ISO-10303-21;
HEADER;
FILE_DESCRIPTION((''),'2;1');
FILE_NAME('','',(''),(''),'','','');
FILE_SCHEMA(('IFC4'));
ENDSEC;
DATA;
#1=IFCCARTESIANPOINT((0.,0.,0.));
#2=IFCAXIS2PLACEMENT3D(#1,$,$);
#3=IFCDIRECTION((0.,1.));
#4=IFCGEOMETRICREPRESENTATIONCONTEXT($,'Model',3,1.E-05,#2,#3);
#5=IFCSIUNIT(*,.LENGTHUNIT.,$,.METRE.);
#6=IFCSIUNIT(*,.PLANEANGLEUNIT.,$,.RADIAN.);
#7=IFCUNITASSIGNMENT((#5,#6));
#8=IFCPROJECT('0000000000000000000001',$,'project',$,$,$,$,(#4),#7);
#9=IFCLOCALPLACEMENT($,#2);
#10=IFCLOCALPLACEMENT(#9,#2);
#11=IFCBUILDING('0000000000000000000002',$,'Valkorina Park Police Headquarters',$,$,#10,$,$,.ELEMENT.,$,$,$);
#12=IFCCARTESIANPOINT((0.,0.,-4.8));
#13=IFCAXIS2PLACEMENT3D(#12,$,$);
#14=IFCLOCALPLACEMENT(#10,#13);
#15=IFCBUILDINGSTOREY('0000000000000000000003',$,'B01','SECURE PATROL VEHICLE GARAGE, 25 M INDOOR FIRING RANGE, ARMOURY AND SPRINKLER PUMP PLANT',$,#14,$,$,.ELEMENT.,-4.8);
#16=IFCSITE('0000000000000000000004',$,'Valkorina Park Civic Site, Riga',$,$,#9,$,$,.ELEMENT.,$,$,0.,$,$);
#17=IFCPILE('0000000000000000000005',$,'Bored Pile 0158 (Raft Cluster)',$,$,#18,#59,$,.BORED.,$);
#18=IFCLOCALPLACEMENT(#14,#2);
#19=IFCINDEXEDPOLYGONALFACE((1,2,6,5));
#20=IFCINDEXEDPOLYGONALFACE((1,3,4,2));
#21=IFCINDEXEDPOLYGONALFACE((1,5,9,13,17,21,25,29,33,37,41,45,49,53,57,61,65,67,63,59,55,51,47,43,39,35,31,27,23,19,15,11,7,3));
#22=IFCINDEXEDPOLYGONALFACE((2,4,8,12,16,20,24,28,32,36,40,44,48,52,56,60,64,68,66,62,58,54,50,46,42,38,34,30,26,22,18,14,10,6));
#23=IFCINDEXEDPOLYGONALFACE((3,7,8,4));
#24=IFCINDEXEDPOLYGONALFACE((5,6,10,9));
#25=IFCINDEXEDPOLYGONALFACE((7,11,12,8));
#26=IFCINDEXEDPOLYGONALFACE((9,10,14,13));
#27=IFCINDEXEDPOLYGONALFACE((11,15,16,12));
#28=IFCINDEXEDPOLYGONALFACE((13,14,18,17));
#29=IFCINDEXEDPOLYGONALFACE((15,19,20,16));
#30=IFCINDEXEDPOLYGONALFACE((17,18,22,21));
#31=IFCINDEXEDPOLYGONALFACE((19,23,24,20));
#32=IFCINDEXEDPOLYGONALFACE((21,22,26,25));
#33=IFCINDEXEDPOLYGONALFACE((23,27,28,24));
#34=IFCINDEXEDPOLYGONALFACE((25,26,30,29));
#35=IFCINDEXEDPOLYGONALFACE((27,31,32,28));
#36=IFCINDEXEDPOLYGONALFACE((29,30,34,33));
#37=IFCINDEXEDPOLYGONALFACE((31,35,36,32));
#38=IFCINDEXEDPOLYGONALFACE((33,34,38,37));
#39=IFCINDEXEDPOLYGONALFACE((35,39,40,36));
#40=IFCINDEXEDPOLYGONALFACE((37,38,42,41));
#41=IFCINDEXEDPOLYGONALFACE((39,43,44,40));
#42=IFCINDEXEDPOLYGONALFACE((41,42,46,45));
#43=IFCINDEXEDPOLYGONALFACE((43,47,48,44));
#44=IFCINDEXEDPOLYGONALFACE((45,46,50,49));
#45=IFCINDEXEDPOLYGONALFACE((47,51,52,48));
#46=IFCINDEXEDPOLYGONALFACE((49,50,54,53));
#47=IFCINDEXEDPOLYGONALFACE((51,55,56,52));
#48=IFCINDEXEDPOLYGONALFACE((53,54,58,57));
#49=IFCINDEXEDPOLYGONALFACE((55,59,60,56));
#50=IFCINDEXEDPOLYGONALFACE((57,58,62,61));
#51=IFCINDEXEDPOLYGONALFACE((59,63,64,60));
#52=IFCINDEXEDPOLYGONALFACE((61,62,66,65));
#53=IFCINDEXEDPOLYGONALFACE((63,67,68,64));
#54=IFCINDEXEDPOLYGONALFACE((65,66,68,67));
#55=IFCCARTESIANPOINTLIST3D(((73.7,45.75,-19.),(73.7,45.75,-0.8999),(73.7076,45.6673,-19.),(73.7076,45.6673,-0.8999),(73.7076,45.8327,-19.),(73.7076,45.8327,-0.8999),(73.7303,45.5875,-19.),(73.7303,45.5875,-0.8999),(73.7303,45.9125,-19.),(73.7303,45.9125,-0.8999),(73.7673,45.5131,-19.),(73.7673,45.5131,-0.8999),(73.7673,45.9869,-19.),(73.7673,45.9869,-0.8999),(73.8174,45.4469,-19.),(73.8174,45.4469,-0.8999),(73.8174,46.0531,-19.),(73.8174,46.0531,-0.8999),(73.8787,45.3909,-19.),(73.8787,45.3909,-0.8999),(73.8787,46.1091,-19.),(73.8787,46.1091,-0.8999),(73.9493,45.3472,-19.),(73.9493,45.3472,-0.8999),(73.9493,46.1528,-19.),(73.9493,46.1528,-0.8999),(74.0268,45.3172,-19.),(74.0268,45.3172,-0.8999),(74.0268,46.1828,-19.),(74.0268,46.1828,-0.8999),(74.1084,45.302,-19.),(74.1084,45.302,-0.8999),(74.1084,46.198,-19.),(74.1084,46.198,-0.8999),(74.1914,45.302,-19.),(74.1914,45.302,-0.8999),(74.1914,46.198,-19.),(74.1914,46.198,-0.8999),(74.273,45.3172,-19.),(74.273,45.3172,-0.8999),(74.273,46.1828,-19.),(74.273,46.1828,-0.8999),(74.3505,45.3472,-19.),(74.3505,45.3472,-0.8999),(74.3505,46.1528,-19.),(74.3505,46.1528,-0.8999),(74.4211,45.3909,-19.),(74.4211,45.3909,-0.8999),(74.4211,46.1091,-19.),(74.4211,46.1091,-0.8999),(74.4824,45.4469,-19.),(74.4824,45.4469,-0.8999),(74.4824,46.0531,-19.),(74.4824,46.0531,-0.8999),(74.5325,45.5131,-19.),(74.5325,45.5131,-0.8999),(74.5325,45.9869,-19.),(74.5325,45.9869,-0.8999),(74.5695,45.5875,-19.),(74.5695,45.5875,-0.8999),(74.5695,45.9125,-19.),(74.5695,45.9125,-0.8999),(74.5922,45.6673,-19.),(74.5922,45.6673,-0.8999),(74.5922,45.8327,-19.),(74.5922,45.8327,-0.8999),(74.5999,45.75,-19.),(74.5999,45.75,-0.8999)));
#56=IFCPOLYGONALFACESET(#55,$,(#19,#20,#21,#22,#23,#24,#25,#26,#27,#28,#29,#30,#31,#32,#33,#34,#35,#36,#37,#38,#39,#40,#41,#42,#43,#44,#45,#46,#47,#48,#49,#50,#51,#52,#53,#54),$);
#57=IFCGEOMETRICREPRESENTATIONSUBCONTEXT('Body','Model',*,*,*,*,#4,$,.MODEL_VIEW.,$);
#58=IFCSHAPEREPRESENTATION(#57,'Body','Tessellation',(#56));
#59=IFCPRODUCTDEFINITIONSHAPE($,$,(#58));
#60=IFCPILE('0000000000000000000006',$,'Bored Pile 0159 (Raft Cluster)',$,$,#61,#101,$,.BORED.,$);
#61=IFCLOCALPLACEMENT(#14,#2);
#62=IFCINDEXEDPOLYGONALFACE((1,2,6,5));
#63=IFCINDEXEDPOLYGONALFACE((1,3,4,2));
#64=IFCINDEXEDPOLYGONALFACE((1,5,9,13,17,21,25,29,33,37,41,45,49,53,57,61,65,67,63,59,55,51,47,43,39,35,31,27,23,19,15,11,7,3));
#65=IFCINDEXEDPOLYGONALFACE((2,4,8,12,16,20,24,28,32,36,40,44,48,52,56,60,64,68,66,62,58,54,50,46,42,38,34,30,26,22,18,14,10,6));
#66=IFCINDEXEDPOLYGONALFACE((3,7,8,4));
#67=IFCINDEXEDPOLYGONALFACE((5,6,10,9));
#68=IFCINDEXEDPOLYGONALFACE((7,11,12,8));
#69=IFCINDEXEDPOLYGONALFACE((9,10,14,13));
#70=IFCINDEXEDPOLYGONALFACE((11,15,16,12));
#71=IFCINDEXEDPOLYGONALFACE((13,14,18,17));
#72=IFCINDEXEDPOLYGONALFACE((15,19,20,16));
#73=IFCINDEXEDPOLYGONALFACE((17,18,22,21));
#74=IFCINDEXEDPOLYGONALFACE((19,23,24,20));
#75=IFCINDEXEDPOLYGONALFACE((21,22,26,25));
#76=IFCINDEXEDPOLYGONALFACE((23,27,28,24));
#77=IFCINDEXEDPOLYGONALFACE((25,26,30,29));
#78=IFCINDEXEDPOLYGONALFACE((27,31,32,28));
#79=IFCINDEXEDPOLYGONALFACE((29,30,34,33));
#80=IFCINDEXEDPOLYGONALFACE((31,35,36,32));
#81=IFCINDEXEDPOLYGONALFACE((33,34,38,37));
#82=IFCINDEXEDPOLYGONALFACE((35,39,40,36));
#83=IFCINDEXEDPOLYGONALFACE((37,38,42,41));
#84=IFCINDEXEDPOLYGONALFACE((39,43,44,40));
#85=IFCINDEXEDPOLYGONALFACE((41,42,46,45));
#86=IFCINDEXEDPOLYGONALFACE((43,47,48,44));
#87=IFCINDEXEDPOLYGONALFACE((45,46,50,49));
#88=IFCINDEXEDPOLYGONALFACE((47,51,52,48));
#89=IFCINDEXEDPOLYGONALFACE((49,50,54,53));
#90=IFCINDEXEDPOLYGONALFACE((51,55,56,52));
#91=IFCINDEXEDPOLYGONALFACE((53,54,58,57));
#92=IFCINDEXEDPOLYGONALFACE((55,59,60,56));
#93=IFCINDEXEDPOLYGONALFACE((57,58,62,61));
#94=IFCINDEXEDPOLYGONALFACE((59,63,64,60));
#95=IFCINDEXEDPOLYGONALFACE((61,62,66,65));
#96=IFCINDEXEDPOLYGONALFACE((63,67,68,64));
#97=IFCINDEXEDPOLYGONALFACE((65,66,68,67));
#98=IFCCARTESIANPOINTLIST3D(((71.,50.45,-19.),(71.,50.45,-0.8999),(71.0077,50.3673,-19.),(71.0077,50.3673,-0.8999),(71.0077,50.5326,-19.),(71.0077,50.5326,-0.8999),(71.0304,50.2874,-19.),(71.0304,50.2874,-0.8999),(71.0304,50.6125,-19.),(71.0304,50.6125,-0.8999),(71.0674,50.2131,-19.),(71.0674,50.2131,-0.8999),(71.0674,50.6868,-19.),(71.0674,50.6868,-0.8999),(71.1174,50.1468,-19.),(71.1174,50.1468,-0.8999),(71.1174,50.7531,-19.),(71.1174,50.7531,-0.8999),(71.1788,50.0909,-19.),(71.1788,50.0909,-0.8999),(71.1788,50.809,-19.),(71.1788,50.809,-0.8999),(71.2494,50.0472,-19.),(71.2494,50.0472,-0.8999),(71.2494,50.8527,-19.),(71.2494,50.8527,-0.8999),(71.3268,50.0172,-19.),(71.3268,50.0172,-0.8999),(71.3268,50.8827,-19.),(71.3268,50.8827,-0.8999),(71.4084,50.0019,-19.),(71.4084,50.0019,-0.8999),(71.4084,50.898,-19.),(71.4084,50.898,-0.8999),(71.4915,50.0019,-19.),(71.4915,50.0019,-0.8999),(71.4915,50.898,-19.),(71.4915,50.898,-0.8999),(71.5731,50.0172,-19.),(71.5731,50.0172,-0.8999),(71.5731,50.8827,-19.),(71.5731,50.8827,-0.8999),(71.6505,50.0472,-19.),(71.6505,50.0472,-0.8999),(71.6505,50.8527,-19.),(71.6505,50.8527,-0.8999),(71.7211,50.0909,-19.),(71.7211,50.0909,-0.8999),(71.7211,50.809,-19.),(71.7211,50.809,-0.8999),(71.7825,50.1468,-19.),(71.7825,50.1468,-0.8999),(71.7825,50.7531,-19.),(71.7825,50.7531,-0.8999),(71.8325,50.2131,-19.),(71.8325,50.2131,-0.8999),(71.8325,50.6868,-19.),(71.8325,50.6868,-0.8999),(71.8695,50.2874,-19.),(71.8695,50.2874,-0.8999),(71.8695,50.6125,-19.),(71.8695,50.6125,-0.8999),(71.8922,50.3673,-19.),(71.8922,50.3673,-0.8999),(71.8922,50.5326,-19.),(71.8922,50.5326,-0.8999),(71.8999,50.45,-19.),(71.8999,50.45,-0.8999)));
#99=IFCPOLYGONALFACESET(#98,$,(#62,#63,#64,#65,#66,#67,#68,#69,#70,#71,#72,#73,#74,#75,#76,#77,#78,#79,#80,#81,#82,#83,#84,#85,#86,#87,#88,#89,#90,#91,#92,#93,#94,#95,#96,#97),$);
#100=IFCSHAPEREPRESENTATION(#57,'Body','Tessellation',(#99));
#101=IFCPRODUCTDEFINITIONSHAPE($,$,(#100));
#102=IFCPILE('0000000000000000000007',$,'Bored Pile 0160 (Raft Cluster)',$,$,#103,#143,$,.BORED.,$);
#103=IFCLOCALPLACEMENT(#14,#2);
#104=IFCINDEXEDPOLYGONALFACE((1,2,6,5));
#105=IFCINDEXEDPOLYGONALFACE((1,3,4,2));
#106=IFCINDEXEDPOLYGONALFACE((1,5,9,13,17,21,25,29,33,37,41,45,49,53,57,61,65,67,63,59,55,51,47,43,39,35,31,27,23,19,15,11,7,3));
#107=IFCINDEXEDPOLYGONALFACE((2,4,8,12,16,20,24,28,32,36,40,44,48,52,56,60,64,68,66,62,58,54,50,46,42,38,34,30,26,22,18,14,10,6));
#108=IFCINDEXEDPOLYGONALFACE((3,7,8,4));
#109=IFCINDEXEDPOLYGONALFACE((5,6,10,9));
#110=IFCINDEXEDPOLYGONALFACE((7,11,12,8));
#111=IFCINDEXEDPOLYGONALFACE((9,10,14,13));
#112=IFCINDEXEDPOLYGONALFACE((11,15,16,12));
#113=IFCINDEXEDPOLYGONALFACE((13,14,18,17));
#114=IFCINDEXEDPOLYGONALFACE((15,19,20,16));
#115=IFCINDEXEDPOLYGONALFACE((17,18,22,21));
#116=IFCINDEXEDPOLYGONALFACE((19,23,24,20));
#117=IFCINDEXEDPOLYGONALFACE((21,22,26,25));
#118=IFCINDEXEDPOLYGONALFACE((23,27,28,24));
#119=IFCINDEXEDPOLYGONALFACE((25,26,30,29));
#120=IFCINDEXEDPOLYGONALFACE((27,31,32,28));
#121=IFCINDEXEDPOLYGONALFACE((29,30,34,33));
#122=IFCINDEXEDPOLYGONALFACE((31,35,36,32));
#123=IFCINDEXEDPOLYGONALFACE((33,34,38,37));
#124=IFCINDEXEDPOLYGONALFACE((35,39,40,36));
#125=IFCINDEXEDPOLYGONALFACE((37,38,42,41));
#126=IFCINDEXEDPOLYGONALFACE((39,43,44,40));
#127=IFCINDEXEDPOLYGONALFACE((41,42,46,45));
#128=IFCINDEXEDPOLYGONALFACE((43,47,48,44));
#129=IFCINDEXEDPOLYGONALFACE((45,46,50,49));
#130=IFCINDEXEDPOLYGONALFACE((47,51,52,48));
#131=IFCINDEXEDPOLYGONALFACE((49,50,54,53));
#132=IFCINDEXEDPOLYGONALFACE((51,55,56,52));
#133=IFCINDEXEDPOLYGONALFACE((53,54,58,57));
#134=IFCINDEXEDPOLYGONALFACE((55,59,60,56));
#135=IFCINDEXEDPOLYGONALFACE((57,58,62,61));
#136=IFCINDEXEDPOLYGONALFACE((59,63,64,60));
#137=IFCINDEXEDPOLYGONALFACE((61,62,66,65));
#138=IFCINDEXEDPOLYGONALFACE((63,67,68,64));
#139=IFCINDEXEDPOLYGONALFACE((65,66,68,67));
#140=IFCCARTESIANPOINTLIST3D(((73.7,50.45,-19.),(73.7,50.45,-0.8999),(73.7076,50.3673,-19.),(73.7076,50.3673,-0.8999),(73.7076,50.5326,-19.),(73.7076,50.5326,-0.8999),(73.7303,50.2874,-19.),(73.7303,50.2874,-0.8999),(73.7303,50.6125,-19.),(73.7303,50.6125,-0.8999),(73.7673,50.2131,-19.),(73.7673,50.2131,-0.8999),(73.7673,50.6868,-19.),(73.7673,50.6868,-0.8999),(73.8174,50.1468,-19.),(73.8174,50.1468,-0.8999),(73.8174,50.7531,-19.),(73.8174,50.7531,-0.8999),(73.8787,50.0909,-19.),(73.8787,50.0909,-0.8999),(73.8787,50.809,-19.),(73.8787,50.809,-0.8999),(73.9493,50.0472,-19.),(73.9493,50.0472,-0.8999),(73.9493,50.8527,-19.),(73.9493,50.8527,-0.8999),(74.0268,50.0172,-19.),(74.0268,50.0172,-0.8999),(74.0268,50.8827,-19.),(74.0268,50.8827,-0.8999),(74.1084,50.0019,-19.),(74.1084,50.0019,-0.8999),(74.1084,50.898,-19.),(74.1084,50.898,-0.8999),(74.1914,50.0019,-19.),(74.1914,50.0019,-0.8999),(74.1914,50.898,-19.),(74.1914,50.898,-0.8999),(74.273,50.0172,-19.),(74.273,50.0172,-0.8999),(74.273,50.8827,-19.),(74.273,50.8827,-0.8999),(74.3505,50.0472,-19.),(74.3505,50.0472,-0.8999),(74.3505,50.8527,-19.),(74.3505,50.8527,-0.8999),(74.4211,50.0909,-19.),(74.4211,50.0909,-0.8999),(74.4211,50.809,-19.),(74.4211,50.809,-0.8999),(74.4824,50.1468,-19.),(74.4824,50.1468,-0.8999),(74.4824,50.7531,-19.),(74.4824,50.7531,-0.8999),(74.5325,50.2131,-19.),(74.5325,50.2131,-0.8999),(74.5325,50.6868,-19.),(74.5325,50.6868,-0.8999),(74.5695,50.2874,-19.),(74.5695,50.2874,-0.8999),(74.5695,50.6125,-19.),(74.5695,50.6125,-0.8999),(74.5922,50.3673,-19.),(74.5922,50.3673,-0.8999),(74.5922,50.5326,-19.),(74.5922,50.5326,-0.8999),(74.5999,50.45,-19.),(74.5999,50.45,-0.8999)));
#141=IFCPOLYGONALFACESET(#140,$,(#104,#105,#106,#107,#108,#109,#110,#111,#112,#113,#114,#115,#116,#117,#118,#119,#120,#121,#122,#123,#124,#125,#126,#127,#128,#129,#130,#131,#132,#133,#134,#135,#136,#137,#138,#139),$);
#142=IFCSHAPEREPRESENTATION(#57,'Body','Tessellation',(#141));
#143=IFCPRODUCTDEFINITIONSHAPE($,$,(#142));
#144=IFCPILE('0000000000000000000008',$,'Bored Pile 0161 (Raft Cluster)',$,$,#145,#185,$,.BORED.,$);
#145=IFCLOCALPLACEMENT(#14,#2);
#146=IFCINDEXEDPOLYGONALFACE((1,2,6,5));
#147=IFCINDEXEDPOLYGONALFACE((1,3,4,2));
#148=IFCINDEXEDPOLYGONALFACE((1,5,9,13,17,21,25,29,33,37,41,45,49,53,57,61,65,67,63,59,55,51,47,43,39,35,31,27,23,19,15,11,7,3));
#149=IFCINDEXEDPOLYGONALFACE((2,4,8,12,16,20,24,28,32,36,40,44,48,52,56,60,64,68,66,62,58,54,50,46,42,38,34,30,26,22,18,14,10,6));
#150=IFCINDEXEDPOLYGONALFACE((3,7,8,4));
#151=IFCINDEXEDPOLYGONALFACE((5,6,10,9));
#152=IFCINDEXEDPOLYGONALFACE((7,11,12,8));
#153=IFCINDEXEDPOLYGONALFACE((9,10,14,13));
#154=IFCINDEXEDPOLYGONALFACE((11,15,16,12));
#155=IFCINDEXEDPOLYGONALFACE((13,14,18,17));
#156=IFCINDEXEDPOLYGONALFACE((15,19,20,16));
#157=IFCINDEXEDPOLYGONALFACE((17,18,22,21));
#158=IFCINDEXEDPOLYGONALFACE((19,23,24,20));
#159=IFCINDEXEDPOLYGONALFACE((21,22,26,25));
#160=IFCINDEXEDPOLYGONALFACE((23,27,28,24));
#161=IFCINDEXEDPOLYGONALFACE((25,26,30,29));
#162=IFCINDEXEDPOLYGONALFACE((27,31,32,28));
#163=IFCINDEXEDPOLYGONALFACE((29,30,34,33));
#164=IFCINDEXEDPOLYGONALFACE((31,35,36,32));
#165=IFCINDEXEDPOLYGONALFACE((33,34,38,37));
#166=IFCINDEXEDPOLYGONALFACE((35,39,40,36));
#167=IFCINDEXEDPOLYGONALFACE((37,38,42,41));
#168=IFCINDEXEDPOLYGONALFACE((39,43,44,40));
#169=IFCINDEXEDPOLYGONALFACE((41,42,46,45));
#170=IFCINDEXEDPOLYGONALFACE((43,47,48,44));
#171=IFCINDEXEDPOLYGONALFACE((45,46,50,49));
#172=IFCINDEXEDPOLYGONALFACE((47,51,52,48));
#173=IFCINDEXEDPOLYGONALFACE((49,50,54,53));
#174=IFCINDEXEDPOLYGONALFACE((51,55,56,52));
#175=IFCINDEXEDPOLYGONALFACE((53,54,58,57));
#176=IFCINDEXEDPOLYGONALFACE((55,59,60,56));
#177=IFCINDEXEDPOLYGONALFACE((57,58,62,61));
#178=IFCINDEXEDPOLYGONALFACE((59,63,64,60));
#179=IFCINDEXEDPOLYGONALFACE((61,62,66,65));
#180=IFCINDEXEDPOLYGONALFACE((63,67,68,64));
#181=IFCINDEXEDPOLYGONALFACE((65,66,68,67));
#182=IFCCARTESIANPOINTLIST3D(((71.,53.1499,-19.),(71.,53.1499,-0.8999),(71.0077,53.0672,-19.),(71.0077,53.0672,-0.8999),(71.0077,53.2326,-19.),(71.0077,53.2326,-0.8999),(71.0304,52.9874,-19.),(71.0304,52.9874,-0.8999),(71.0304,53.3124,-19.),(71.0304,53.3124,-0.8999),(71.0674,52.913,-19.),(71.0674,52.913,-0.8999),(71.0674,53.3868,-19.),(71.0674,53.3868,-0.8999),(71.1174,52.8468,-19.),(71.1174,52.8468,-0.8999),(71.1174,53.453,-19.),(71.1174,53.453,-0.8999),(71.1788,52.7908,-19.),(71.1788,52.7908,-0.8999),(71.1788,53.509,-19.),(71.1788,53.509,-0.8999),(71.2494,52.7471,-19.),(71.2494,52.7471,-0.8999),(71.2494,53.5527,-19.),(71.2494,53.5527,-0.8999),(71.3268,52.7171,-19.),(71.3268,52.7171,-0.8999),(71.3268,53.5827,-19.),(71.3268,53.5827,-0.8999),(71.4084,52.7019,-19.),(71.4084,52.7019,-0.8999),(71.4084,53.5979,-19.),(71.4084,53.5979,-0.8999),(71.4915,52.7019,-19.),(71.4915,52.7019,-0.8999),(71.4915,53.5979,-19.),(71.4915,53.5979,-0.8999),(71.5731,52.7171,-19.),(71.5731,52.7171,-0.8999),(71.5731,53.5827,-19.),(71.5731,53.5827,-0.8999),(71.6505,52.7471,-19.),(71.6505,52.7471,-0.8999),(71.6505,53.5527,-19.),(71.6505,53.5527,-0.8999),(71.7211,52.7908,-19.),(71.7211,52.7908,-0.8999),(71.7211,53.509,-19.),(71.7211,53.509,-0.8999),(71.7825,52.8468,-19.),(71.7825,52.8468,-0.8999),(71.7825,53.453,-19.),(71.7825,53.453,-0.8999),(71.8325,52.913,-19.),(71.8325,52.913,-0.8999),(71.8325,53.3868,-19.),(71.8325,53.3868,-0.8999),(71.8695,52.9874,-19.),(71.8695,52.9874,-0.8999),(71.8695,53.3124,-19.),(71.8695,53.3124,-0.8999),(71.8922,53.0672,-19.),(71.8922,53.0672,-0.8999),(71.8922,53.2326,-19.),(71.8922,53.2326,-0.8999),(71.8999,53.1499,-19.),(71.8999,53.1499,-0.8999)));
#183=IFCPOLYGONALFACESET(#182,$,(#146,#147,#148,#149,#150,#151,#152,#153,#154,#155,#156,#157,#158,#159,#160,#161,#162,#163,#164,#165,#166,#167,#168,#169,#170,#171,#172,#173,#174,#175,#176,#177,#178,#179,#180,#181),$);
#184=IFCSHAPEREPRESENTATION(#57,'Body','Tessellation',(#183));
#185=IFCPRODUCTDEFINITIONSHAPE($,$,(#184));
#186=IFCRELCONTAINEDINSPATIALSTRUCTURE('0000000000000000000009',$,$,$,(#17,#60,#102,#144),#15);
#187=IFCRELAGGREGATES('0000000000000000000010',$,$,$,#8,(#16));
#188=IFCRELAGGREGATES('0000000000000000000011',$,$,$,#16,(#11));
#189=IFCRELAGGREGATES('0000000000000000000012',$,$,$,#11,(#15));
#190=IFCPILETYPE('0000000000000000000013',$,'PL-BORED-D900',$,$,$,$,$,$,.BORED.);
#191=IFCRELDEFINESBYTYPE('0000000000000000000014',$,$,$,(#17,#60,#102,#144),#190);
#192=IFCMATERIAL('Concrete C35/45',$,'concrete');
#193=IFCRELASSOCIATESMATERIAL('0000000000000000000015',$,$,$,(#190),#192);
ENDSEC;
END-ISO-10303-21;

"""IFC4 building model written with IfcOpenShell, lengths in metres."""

from ifc_helpers import new_model, si_unit, direction, frame, origin, origin_2d, place, context, subcontext, project, spatial, circle, extrude, material, material_profile, profile_set, type_object, element, save


model = new_model("IFC4")

# Units and contexts
model_context = context("Model", 3, precision=1e-05, world=origin(), true_north=direction((0.0, 1.0)))
body_context = subcontext(model_context, "Body", "Model", "MODEL_VIEW")
ifc_project = project(units=[si_unit("LENGTHUNIT", "METRE"), si_unit("PLANEANGLEUNIT", "RADIAN")], contexts=[model_context])

# Site, building, storey
site_placement = place(None, origin())
site = spatial("IfcSite", under=ifc_project, at=site_placement, Name="Valkorina Park Civic Site, Riga", CompositionType="ELEMENT", RefElevation=0.0)
building_placement = place(site_placement, origin())
building = spatial("IfcBuilding", under=site, at=building_placement, Name="Valkorina Park Police Headquarters", CompositionType="ELEMENT")
storey_placement = place(building_placement, frame((0.0, 0.0, -4.8)))
storey = spatial("IfcBuildingStorey", under=building, at=storey_placement, Name="B01", Description="SECURE PATROL VEHICLE GARAGE, 25 M INDOOR FIRING RANGE, ARMOURY AND SPRINKLER PUMP PLANT", CompositionType="ELEMENT", Elevation=-4.8)

# Piles
ifc_material_1 = material(Name="Concrete C35/45", Category="concrete")
ifc_material_profile_1 = material_profile(ifc_material_1, circle(Radius=0.45, at=origin_2d()), Name="BORED PILE D900")
ifc_profile_set_1 = profile_set([ifc_material_profile_1], Name="Concrete C35/45")
pile_type = type_object("IfcPileType", Name="PL-BORED-D900", PredefinedType="BORED", material=ifc_profile_set_1)
for number, where, z_axis, x_axis, name in (
    (1, (74.1499, 45.75, -0.8999), (0.0, 0.0, -1.0), (1.0, 0.0, 0.0), "Bored Pile 0158 (Raft Cluster)"),
    (2, (71.45, 50.45, -0.8999), (0.0, 0.0, -1.0), (1.0, 0.0, 0.0), "Bored Pile 0159 (Raft Cluster)"),
    (3, (74.1499, 50.45, -0.8999), (0.0, 0.0, -1.0), (1.0, 0.0, 0.0), "Bored Pile 0160 (Raft Cluster)"),
    (4, (71.45, 53.1499, -0.8999), (0.0, 0.0, -1.0), (1.0, 0.0, 0.0), "Bored Pile 0161 (Raft Cluster)"),
):
    element("IfcPile", number, at=place(storey_placement, frame(where, z_axis=z_axis, x_axis=x_axis)), inside=storey, type_object=pile_type, Name=name, PredefinedType="BORED", context=body_context, shape_type="SweptSolid", body=[
        extrude(circle(Radius=0.45, at=origin_2d()), origin(), (0.0, 0.0, 1.0), 18.1001),
    ])

save(model, "model.ifc")
